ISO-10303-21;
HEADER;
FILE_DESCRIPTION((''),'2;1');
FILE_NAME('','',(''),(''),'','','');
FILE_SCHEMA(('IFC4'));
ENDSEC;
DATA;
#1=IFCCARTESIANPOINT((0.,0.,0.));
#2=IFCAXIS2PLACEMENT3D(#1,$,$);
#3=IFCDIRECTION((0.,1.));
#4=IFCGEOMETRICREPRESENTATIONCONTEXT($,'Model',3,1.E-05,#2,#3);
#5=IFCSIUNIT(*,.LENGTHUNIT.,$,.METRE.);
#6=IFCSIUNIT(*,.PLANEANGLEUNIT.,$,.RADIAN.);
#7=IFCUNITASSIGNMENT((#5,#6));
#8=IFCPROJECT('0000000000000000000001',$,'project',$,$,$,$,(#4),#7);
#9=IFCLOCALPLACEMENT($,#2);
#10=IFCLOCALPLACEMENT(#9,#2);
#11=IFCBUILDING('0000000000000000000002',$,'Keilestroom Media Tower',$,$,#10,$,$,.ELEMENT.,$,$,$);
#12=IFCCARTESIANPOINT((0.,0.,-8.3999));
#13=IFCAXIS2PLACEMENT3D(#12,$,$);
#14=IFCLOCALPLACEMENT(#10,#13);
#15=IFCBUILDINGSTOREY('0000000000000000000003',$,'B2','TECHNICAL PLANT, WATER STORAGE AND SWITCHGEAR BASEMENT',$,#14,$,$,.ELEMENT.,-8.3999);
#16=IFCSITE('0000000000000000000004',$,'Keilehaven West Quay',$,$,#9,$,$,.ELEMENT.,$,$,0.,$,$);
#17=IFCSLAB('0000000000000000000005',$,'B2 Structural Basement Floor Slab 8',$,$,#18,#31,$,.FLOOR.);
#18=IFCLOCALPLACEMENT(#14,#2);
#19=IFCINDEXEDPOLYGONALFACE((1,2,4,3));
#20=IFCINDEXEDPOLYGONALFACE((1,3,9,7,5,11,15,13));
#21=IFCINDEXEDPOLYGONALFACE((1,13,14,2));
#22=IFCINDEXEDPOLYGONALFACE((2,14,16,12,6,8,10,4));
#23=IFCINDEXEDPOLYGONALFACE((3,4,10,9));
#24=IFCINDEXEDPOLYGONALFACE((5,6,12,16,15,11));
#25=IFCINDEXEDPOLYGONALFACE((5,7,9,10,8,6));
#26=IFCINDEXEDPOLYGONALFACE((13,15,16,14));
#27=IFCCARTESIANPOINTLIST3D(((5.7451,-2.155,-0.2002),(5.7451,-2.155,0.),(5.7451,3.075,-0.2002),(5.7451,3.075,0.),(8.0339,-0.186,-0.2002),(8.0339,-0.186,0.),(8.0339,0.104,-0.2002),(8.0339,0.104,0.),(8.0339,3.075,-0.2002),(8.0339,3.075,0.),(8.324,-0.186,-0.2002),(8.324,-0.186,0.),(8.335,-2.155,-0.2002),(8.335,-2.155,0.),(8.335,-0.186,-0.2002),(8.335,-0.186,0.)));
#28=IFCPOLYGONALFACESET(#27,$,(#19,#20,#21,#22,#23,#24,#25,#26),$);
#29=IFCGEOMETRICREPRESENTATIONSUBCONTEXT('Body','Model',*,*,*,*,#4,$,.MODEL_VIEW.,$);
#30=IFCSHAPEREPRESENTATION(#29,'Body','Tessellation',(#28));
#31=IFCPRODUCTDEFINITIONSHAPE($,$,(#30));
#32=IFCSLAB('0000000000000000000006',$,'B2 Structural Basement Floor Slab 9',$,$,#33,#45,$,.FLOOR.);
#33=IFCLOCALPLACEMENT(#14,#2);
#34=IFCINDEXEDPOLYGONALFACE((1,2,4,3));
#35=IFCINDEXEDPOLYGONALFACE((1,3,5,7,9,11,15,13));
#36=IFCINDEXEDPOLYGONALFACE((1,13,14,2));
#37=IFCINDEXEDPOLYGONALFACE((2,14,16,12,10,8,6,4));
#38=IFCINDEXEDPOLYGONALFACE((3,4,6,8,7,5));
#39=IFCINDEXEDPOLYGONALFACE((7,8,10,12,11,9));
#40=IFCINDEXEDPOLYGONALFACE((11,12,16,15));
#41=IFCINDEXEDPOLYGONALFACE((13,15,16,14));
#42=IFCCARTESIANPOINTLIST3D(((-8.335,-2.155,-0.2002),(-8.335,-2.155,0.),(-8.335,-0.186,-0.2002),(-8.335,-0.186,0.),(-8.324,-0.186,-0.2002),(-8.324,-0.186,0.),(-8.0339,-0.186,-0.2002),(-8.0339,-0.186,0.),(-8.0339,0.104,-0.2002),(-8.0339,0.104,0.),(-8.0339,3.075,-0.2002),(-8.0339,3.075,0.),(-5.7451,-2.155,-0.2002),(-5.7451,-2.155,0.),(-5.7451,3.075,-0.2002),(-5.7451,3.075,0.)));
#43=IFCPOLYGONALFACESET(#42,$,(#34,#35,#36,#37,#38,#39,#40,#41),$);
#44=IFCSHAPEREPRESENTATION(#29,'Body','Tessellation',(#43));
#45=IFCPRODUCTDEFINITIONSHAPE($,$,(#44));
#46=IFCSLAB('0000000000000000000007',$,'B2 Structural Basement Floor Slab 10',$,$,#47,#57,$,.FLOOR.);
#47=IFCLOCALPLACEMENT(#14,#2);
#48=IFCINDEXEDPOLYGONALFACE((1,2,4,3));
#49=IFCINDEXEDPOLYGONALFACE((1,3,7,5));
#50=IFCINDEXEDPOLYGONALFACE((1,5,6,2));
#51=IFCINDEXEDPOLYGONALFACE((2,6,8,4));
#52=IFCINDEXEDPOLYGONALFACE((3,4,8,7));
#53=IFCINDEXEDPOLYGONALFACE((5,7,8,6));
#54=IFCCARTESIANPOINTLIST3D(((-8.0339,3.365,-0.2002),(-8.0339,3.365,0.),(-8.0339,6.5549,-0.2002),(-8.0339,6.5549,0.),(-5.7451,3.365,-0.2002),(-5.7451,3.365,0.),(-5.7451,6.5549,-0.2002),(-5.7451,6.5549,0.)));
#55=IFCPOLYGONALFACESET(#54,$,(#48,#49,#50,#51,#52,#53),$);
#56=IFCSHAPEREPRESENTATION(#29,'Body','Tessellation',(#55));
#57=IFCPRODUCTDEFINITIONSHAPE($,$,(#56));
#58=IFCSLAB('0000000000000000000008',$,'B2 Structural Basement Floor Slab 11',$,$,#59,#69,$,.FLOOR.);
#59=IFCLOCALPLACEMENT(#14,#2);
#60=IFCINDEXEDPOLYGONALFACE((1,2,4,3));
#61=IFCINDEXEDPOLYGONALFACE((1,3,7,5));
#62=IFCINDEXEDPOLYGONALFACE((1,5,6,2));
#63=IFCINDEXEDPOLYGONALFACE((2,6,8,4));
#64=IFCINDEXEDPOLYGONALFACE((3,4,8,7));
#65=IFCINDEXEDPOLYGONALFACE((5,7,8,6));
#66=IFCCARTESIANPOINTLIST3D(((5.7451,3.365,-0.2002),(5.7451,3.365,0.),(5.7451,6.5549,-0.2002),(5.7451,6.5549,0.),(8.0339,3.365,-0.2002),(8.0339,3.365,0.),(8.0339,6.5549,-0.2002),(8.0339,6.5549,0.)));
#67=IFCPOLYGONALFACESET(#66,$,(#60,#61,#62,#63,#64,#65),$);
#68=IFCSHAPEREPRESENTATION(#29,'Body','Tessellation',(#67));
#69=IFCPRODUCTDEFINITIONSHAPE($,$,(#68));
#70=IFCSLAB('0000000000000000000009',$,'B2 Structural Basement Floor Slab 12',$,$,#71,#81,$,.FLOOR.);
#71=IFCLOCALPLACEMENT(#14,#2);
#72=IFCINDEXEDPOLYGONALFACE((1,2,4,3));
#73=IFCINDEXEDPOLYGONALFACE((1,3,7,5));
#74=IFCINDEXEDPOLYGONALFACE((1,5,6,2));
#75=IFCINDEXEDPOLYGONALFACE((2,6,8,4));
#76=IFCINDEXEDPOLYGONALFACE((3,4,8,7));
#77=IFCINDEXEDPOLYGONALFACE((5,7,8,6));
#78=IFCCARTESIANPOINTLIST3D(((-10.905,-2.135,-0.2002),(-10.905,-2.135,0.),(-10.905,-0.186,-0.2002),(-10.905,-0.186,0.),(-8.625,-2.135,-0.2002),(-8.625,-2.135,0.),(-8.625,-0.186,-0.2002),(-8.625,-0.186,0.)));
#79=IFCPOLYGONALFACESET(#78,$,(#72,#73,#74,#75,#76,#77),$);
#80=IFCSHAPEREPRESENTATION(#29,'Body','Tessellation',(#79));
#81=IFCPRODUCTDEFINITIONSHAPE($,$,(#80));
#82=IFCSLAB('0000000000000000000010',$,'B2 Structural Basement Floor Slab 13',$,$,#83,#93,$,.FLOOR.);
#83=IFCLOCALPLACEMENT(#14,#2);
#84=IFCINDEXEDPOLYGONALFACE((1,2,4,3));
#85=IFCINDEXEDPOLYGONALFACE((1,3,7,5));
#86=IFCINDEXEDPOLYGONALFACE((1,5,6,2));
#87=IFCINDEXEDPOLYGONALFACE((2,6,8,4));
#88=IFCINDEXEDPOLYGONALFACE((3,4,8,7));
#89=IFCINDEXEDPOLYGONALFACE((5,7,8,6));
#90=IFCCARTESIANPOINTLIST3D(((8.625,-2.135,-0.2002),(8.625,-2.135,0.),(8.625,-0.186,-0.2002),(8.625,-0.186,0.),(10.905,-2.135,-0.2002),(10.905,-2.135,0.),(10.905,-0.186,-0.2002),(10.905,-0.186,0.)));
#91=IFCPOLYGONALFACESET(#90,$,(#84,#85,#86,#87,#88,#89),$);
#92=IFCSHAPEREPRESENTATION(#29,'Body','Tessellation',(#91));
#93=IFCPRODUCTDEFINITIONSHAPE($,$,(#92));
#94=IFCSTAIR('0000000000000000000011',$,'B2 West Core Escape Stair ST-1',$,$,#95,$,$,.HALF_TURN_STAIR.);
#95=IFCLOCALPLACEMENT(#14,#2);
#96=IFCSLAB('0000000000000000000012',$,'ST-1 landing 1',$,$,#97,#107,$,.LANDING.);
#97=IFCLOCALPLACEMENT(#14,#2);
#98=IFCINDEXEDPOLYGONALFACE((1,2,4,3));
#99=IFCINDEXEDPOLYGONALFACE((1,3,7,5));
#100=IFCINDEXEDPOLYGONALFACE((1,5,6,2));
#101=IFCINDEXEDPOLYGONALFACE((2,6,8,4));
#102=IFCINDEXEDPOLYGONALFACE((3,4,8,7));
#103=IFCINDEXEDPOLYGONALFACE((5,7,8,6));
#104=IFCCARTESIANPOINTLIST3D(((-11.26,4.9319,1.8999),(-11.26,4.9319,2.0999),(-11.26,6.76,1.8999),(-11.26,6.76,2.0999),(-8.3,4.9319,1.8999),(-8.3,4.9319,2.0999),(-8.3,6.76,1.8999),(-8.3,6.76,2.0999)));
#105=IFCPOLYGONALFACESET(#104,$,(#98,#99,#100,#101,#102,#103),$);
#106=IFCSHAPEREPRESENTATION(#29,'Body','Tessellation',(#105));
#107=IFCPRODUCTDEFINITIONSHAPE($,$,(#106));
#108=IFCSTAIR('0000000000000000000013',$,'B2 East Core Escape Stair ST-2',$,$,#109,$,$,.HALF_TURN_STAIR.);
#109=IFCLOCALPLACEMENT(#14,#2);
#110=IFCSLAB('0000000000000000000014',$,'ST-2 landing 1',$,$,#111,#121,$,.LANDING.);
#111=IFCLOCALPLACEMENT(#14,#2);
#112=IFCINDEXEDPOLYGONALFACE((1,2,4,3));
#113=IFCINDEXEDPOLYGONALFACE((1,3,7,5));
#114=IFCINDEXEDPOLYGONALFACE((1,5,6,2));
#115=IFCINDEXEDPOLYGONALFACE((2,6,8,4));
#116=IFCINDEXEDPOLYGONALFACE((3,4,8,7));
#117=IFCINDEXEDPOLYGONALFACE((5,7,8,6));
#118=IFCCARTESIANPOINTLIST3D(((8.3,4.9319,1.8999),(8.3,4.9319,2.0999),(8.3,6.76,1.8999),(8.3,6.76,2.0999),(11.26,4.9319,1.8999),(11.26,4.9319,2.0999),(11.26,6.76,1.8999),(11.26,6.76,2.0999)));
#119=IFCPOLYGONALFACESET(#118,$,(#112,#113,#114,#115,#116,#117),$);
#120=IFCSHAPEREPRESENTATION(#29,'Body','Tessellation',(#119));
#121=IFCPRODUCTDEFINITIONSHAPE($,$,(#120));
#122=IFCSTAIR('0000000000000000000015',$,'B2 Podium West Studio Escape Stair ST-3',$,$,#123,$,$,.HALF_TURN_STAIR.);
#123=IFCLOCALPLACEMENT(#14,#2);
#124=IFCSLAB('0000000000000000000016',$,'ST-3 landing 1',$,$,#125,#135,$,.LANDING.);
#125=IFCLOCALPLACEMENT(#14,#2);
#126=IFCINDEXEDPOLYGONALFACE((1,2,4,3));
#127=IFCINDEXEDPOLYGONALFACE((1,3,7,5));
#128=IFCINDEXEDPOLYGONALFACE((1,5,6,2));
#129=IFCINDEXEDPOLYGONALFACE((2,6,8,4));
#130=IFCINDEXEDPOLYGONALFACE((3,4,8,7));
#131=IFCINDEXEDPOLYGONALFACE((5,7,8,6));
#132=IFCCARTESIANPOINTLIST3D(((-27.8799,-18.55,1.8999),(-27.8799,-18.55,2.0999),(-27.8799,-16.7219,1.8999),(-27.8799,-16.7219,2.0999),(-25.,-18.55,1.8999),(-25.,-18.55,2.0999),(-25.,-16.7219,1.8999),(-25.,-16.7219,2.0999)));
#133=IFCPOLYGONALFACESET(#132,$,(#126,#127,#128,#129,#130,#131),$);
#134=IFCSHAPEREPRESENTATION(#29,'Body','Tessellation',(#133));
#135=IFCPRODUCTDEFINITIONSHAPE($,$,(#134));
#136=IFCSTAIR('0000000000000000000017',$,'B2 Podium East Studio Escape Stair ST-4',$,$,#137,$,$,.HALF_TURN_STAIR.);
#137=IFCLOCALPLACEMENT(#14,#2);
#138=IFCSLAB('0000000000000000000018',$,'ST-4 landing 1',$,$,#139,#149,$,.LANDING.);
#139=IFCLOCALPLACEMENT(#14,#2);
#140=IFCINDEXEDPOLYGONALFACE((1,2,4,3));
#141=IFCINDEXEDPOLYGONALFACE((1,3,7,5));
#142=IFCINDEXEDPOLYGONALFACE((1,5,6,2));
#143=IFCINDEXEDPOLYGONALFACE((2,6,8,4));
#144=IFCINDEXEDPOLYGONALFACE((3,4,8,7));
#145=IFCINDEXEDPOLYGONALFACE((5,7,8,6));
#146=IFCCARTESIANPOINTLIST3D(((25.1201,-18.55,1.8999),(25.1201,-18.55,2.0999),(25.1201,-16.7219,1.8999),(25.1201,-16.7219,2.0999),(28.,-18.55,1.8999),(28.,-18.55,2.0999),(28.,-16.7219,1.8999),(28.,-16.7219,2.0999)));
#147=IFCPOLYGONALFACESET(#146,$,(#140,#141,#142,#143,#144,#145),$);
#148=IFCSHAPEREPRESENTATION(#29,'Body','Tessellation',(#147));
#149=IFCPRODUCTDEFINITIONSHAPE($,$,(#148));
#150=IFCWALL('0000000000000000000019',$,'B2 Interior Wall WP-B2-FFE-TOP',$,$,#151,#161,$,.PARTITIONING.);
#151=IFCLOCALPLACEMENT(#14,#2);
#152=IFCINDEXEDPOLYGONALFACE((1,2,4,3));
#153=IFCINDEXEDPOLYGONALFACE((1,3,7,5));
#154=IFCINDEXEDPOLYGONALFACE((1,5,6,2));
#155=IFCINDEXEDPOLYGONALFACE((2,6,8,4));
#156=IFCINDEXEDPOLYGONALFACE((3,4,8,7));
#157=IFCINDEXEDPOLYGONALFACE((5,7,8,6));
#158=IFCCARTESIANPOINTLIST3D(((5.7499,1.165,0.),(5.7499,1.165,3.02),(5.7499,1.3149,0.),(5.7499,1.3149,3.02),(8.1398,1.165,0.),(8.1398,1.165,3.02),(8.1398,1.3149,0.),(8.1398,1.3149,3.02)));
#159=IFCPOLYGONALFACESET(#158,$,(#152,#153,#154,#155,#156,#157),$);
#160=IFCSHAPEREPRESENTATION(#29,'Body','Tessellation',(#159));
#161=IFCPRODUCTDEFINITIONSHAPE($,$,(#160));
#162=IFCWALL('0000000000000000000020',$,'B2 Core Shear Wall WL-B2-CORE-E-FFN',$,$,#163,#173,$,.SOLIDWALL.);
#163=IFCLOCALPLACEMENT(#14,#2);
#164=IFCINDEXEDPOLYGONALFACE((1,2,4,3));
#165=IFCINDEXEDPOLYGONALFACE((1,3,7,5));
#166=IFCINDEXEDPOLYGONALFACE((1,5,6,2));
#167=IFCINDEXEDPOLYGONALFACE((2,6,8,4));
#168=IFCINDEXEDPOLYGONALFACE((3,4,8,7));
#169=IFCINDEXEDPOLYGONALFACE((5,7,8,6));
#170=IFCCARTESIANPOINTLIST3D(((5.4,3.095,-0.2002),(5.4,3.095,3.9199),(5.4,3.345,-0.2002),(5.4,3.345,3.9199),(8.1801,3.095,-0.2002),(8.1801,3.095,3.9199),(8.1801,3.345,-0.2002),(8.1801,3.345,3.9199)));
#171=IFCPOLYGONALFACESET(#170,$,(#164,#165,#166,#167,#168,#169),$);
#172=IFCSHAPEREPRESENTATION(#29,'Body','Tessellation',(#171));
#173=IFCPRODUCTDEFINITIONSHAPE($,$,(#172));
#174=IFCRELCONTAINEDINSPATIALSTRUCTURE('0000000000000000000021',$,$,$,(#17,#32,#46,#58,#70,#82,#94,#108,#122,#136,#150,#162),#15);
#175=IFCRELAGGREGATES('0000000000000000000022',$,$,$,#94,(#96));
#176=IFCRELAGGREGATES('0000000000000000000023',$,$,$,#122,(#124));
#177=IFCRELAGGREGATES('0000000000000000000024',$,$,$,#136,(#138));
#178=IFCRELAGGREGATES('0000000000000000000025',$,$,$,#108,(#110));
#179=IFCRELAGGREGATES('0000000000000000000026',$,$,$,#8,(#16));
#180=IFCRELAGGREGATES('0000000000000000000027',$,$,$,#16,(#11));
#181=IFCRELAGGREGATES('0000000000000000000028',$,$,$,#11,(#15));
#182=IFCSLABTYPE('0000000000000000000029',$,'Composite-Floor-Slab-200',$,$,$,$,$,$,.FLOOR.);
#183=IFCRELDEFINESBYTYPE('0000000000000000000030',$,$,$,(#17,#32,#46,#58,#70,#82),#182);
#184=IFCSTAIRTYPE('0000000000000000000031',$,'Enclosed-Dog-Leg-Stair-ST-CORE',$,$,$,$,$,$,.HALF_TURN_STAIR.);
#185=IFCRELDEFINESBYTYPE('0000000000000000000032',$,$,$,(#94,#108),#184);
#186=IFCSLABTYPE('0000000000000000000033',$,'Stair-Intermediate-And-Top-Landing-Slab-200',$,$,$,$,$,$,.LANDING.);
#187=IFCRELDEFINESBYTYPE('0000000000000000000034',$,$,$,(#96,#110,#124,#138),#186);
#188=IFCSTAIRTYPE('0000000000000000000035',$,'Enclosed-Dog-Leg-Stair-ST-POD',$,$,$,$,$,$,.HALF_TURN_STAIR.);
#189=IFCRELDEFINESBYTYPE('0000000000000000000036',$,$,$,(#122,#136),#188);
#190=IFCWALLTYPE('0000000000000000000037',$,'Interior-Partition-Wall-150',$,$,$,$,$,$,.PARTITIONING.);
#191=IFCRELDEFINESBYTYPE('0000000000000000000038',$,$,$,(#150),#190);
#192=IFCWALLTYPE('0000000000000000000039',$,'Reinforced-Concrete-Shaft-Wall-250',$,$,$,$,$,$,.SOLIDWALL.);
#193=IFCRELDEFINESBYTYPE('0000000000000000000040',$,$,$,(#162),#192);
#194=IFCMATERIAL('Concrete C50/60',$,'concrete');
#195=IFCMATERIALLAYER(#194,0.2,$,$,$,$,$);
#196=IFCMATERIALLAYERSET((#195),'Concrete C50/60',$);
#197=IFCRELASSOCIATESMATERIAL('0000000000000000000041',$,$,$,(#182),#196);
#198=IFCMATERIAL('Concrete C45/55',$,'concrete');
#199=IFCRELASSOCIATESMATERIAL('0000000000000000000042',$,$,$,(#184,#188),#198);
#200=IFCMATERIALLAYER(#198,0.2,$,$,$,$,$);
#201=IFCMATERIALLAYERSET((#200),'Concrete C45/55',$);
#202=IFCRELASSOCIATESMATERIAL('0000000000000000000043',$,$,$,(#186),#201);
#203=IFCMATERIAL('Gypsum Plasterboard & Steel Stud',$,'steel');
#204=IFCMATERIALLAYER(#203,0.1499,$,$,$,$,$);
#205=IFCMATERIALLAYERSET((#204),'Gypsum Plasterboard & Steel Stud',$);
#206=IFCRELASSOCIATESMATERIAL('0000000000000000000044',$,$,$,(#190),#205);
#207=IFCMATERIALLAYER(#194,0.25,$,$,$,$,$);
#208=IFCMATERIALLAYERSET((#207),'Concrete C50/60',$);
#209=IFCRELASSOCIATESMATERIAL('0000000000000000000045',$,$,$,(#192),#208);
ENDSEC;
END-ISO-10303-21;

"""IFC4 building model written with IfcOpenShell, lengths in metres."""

from ifc_helpers import new_model, si_unit, direction, frame, frame_2d, origin, place, context, subcontext, project, spatial, polyline, rectangle, outline, extrude, material, layer, layer_set, type_object, element, aggregate, save


model = new_model("IFC4")

# Units and contexts
model_context = context("Model", 3, precision=1e-05, world=origin(), true_north=direction((0.0, 1.0)))
body_context = subcontext(model_context, "Body", "Model", "MODEL_VIEW")
ifc_project = project(units=[si_unit("LENGTHUNIT", "METRE"), si_unit("PLANEANGLEUNIT", "RADIAN")], contexts=[model_context])

# Site, building, storey
site_placement = place(None, origin())
site = spatial("IfcSite", under=ifc_project, at=site_placement, Name="Keilehaven West Quay", CompositionType="ELEMENT", RefElevation=0.0)
building_placement = place(site_placement, origin())
building = spatial("IfcBuilding", under=site, at=building_placement, Name="Keilestroom Media Tower", CompositionType="ELEMENT")
storey_placement = place(building_placement, frame((0.0, 0.0, -8.3999)))
storey = spatial("IfcBuildingStorey", under=building, at=storey_placement, Name="B2", Description="TECHNICAL PLANT, WATER STORAGE AND SWITCHGEAR BASEMENT", CompositionType="ELEMENT", Elevation=-8.3999)

# Shared definitions
ifc_material_1 = material(Name="Concrete C45/55", Category="concrete")

# Slabs
ifc_material_2 = material(Name="Concrete C50/60", Category="concrete")
ifc_layer_1 = layer(ifc_material_2, 0.2)
ifc_layer_set_1 = layer_set([ifc_layer_1], Name="Concrete C50/60")
slab_type_1 = type_object("IfcSlabType", Name="Composite-Floor-Slab-200", PredefinedType="FLOOR", material=ifc_layer_set_1)
slab_1_placement = place(storey_placement, frame((0.0, 0.0, -0.2002)))
element("IfcSlab", 1, at=slab_1_placement, inside=storey, type_object=slab_type_1, Name="B2 Structural Basement Floor Slab 8", PredefinedType="FLOOR", context=body_context, shape_type="SweptSolid", body=[
    extrude(outline(polyline([(8.335, -0.186), (8.335, -2.155), (5.7451, -2.155), (5.7451, 3.075), (8.0339, 3.075), (8.0339, 0.104), (8.0339, -0.186), (8.324, -0.186), (8.335, -0.186)])), origin(), (0.0, 0.0, 1.0), 0.2002),
])
slab_2_placement = place(storey_placement, frame((0.0, 0.0, -0.2002)))
element("IfcSlab", 2, at=slab_2_placement, inside=storey, type_object=slab_type_1, Name="B2 Structural Basement Floor Slab 9", PredefinedType="FLOOR", context=body_context, shape_type="SweptSolid", body=[
    extrude(outline(polyline([(-5.7451, -2.155), (-8.335, -2.155), (-8.335, -0.186), (-8.324, -0.186), (-8.0339, -0.186), (-8.0339, 0.104), (-8.0339, 3.075), (-5.7451, 3.075), (-5.7451, -2.155)])), origin(), (0.0, 0.0, 1.0), 0.2002),
])
slab_3_placement = place(storey_placement, frame((0.0, 0.0, -0.2002)))
element("IfcSlab", 3, at=slab_3_placement, inside=storey, type_object=slab_type_1, Name="B2 Structural Basement Floor Slab 10", PredefinedType="FLOOR", context=body_context, shape_type="SweptSolid", body=[
    extrude(outline(polyline([(-8.0339, 6.5549), (-5.7451, 6.5549), (-5.7451, 3.365), (-8.0339, 3.365), (-8.0339, 6.5549)])), origin(), (0.0, 0.0, 1.0), 0.2002),
])
slab_4_placement = place(storey_placement, frame((0.0, 0.0, -0.2002)))
element("IfcSlab", 4, at=slab_4_placement, inside=storey, type_object=slab_type_1, Name="B2 Structural Basement Floor Slab 11", PredefinedType="FLOOR", context=body_context, shape_type="SweptSolid", body=[
    extrude(outline(polyline([(8.0339, 3.365), (5.7451, 3.365), (5.7451, 6.5549), (8.0339, 6.5549), (8.0339, 3.365)])), origin(), (0.0, 0.0, 1.0), 0.2002),
])
slab_5_placement = place(storey_placement, frame((0.0, 0.0, -0.2002)))
element("IfcSlab", 5, at=slab_5_placement, inside=storey, type_object=slab_type_1, Name="B2 Structural Basement Floor Slab 12", PredefinedType="FLOOR", context=body_context, shape_type="SweptSolid", body=[
    extrude(outline(polyline([(-10.905, -2.135), (-10.905, -0.186), (-8.625, -0.186), (-8.625, -2.135), (-10.905, -2.135)])), origin(), (0.0, 0.0, 1.0), 0.2002),
])
slab_6_placement = place(storey_placement, frame((0.0, 0.0, -0.2002)))
element("IfcSlab", 6, at=slab_6_placement, inside=storey, type_object=slab_type_1, Name="B2 Structural Basement Floor Slab 13", PredefinedType="FLOOR", context=body_context, shape_type="SweptSolid", body=[
    extrude(outline(polyline([(8.625, -2.135), (8.625, -0.186), (10.905, -0.186), (10.905, -2.135), (8.625, -2.135)])), origin(), (0.0, 0.0, 1.0), 0.2002),
])

# Stairs, slabs
stair_type_1 = type_object("IfcStairType", Name="Enclosed-Dog-Leg-Stair-ST-CORE", PredefinedType="HALF_TURN_STAIR", material=ifc_material_1)
stair_1_placement = place(storey_placement, origin())
stair_1 = element("IfcStair", 7, at=stair_1_placement, inside=storey, type_object=stair_type_1, Name="B2 West Core Escape Stair ST-1", PredefinedType="HALF_TURN_STAIR")
ifc_layer_2 = layer(ifc_material_1, 0.2)
ifc_layer_set_2 = layer_set([ifc_layer_2], Name="Concrete C45/55")
slab_type_2 = type_object("IfcSlabType", Name="Stair-Intermediate-And-Top-Landing-Slab-200", PredefinedType="LANDING", material=ifc_layer_set_2)
slab_7_placement = place(storey_placement, frame((0.0, 0.0, 1.8999)))
slab_7 = element("IfcSlab", 8, at=slab_7_placement, type_object=slab_type_2, Name="ST-1 landing 1", PredefinedType="LANDING", context=body_context, shape_type="SweptSolid", body=[
    extrude(outline(polyline([(-8.3, 4.9319), (-8.3, 6.76), (-11.26, 6.76), (-11.26, 4.9319), (-8.3, 4.9319)])), origin(), (0.0, 0.0, 1.0), 0.2),
])
aggregate(stair_1, [slab_7])
stair_2_placement = place(storey_placement, origin())
stair_2 = element("IfcStair", 9, at=stair_2_placement, inside=storey, type_object=stair_type_1, Name="B2 East Core Escape Stair ST-2", PredefinedType="HALF_TURN_STAIR")
slab_8_placement = place(storey_placement, frame((0.0, 0.0, 1.8999)))
slab_8 = element("IfcSlab", 10, at=slab_8_placement, type_object=slab_type_2, Name="ST-2 landing 1", PredefinedType="LANDING", context=body_context, shape_type="SweptSolid", body=[
    extrude(outline(polyline([(11.26, 4.9319), (11.26, 6.76), (8.3, 6.76), (8.3, 4.9319), (11.26, 4.9319)])), origin(), (0.0, 0.0, 1.0), 0.2),
])
stair_type_2 = type_object("IfcStairType", Name="Enclosed-Dog-Leg-Stair-ST-POD", PredefinedType="HALF_TURN_STAIR", material=ifc_material_1)
stair_3_placement = place(storey_placement, origin())
stair_3 = element("IfcStair", 11, at=stair_3_placement, inside=storey, type_object=stair_type_2, Name="B2 Podium West Studio Escape Stair ST-3", PredefinedType="HALF_TURN_STAIR")
slab_9_placement = place(storey_placement, frame((0.0, 0.0, 1.8999)))
slab_9 = element("IfcSlab", 12, at=slab_9_placement, type_object=slab_type_2, Name="ST-3 landing 1", PredefinedType="LANDING", context=body_context, shape_type="SweptSolid", body=[
    extrude(outline(polyline([(-27.8799, -16.7219), (-27.8799, -18.55), (-25.0, -18.55), (-25.0, -16.7219), (-27.8799, -16.7219)])), origin(), (0.0, 0.0, 1.0), 0.2),
])
aggregate(stair_3, [slab_9])
stair_4_placement = place(storey_placement, origin())
stair_4 = element("IfcStair", 13, at=stair_4_placement, inside=storey, type_object=stair_type_2, Name="B2 Podium East Studio Escape Stair ST-4", PredefinedType="HALF_TURN_STAIR")
slab_10_placement = place(storey_placement, frame((0.0, 0.0, 1.8999)))
slab_10 = element("IfcSlab", 14, at=slab_10_placement, type_object=slab_type_2, Name="ST-4 landing 1", PredefinedType="LANDING", context=body_context, shape_type="SweptSolid", body=[
    extrude(outline(polyline([(25.1201, -16.7219), (25.1201, -18.55), (28.0, -18.55), (28.0, -16.7219), (25.1201, -16.7219)])), origin(), (0.0, 0.0, 1.0), 0.2),
])
aggregate(stair_4, [slab_10])

# Walls
ifc_material_3 = material(Name="Gypsum Plasterboard & Steel Stud", Category="steel")
ifc_layer_3 = layer(ifc_material_3, 0.1499)
ifc_layer_set_3 = layer_set([ifc_layer_3], Name="Gypsum Plasterboard & Steel Stud")
wall_type_1 = type_object("IfcWallType", Name="Interior-Partition-Wall-150", PredefinedType="PARTITIONING", material=ifc_layer_set_3)
wall_1_placement = place(storey_placement, frame((5.75, 1.24, 0.0), z_axis=(0.0, 0.0, 1.0), x_axis=(1.0, 0.0, 0.0)))
element("IfcWall", 15, at=wall_1_placement, inside=storey, type_object=wall_type_1, Name="B2 Interior Wall WP-B2-FFE-TOP", PredefinedType="PARTITIONING", context=body_context, shape_type="SweptSolid", body=[
    extrude(rectangle(XDim=2.3899, YDim=0.1499, at=frame_2d((1.1948, 0.0))), origin(), (0.0, 0.0, 1.0), 3.02),
])
ifc_layer_4 = layer(ifc_material_2, 0.25)
ifc_layer_set_4 = layer_set([ifc_layer_4], Name="Concrete C50/60")
wall_type_2 = type_object("IfcWallType", Name="Reinforced-Concrete-Shaft-Wall-250", PredefinedType="SOLIDWALL", material=ifc_layer_set_4)
wall_2_placement = place(storey_placement, frame((5.3999, 3.22, -0.2002), z_axis=(0.0, 0.0, 1.0), x_axis=(1.0, 0.0, 0.0)))
element("IfcWall", 16, at=wall_2_placement, inside=storey, type_object=wall_type_2, Name="B2 Core Shear Wall WL-B2-CORE-E-FFN", PredefinedType="SOLIDWALL", context=body_context, shape_type="SweptSolid", body=[
    extrude(rectangle(XDim=2.78, YDim=0.25, at=frame_2d((1.3901, 0.0))), origin(), (0.0, 0.0, 1.0), 4.1201),
])

aggregate(stair_2, [slab_8])

save(model, "model.ifc")
